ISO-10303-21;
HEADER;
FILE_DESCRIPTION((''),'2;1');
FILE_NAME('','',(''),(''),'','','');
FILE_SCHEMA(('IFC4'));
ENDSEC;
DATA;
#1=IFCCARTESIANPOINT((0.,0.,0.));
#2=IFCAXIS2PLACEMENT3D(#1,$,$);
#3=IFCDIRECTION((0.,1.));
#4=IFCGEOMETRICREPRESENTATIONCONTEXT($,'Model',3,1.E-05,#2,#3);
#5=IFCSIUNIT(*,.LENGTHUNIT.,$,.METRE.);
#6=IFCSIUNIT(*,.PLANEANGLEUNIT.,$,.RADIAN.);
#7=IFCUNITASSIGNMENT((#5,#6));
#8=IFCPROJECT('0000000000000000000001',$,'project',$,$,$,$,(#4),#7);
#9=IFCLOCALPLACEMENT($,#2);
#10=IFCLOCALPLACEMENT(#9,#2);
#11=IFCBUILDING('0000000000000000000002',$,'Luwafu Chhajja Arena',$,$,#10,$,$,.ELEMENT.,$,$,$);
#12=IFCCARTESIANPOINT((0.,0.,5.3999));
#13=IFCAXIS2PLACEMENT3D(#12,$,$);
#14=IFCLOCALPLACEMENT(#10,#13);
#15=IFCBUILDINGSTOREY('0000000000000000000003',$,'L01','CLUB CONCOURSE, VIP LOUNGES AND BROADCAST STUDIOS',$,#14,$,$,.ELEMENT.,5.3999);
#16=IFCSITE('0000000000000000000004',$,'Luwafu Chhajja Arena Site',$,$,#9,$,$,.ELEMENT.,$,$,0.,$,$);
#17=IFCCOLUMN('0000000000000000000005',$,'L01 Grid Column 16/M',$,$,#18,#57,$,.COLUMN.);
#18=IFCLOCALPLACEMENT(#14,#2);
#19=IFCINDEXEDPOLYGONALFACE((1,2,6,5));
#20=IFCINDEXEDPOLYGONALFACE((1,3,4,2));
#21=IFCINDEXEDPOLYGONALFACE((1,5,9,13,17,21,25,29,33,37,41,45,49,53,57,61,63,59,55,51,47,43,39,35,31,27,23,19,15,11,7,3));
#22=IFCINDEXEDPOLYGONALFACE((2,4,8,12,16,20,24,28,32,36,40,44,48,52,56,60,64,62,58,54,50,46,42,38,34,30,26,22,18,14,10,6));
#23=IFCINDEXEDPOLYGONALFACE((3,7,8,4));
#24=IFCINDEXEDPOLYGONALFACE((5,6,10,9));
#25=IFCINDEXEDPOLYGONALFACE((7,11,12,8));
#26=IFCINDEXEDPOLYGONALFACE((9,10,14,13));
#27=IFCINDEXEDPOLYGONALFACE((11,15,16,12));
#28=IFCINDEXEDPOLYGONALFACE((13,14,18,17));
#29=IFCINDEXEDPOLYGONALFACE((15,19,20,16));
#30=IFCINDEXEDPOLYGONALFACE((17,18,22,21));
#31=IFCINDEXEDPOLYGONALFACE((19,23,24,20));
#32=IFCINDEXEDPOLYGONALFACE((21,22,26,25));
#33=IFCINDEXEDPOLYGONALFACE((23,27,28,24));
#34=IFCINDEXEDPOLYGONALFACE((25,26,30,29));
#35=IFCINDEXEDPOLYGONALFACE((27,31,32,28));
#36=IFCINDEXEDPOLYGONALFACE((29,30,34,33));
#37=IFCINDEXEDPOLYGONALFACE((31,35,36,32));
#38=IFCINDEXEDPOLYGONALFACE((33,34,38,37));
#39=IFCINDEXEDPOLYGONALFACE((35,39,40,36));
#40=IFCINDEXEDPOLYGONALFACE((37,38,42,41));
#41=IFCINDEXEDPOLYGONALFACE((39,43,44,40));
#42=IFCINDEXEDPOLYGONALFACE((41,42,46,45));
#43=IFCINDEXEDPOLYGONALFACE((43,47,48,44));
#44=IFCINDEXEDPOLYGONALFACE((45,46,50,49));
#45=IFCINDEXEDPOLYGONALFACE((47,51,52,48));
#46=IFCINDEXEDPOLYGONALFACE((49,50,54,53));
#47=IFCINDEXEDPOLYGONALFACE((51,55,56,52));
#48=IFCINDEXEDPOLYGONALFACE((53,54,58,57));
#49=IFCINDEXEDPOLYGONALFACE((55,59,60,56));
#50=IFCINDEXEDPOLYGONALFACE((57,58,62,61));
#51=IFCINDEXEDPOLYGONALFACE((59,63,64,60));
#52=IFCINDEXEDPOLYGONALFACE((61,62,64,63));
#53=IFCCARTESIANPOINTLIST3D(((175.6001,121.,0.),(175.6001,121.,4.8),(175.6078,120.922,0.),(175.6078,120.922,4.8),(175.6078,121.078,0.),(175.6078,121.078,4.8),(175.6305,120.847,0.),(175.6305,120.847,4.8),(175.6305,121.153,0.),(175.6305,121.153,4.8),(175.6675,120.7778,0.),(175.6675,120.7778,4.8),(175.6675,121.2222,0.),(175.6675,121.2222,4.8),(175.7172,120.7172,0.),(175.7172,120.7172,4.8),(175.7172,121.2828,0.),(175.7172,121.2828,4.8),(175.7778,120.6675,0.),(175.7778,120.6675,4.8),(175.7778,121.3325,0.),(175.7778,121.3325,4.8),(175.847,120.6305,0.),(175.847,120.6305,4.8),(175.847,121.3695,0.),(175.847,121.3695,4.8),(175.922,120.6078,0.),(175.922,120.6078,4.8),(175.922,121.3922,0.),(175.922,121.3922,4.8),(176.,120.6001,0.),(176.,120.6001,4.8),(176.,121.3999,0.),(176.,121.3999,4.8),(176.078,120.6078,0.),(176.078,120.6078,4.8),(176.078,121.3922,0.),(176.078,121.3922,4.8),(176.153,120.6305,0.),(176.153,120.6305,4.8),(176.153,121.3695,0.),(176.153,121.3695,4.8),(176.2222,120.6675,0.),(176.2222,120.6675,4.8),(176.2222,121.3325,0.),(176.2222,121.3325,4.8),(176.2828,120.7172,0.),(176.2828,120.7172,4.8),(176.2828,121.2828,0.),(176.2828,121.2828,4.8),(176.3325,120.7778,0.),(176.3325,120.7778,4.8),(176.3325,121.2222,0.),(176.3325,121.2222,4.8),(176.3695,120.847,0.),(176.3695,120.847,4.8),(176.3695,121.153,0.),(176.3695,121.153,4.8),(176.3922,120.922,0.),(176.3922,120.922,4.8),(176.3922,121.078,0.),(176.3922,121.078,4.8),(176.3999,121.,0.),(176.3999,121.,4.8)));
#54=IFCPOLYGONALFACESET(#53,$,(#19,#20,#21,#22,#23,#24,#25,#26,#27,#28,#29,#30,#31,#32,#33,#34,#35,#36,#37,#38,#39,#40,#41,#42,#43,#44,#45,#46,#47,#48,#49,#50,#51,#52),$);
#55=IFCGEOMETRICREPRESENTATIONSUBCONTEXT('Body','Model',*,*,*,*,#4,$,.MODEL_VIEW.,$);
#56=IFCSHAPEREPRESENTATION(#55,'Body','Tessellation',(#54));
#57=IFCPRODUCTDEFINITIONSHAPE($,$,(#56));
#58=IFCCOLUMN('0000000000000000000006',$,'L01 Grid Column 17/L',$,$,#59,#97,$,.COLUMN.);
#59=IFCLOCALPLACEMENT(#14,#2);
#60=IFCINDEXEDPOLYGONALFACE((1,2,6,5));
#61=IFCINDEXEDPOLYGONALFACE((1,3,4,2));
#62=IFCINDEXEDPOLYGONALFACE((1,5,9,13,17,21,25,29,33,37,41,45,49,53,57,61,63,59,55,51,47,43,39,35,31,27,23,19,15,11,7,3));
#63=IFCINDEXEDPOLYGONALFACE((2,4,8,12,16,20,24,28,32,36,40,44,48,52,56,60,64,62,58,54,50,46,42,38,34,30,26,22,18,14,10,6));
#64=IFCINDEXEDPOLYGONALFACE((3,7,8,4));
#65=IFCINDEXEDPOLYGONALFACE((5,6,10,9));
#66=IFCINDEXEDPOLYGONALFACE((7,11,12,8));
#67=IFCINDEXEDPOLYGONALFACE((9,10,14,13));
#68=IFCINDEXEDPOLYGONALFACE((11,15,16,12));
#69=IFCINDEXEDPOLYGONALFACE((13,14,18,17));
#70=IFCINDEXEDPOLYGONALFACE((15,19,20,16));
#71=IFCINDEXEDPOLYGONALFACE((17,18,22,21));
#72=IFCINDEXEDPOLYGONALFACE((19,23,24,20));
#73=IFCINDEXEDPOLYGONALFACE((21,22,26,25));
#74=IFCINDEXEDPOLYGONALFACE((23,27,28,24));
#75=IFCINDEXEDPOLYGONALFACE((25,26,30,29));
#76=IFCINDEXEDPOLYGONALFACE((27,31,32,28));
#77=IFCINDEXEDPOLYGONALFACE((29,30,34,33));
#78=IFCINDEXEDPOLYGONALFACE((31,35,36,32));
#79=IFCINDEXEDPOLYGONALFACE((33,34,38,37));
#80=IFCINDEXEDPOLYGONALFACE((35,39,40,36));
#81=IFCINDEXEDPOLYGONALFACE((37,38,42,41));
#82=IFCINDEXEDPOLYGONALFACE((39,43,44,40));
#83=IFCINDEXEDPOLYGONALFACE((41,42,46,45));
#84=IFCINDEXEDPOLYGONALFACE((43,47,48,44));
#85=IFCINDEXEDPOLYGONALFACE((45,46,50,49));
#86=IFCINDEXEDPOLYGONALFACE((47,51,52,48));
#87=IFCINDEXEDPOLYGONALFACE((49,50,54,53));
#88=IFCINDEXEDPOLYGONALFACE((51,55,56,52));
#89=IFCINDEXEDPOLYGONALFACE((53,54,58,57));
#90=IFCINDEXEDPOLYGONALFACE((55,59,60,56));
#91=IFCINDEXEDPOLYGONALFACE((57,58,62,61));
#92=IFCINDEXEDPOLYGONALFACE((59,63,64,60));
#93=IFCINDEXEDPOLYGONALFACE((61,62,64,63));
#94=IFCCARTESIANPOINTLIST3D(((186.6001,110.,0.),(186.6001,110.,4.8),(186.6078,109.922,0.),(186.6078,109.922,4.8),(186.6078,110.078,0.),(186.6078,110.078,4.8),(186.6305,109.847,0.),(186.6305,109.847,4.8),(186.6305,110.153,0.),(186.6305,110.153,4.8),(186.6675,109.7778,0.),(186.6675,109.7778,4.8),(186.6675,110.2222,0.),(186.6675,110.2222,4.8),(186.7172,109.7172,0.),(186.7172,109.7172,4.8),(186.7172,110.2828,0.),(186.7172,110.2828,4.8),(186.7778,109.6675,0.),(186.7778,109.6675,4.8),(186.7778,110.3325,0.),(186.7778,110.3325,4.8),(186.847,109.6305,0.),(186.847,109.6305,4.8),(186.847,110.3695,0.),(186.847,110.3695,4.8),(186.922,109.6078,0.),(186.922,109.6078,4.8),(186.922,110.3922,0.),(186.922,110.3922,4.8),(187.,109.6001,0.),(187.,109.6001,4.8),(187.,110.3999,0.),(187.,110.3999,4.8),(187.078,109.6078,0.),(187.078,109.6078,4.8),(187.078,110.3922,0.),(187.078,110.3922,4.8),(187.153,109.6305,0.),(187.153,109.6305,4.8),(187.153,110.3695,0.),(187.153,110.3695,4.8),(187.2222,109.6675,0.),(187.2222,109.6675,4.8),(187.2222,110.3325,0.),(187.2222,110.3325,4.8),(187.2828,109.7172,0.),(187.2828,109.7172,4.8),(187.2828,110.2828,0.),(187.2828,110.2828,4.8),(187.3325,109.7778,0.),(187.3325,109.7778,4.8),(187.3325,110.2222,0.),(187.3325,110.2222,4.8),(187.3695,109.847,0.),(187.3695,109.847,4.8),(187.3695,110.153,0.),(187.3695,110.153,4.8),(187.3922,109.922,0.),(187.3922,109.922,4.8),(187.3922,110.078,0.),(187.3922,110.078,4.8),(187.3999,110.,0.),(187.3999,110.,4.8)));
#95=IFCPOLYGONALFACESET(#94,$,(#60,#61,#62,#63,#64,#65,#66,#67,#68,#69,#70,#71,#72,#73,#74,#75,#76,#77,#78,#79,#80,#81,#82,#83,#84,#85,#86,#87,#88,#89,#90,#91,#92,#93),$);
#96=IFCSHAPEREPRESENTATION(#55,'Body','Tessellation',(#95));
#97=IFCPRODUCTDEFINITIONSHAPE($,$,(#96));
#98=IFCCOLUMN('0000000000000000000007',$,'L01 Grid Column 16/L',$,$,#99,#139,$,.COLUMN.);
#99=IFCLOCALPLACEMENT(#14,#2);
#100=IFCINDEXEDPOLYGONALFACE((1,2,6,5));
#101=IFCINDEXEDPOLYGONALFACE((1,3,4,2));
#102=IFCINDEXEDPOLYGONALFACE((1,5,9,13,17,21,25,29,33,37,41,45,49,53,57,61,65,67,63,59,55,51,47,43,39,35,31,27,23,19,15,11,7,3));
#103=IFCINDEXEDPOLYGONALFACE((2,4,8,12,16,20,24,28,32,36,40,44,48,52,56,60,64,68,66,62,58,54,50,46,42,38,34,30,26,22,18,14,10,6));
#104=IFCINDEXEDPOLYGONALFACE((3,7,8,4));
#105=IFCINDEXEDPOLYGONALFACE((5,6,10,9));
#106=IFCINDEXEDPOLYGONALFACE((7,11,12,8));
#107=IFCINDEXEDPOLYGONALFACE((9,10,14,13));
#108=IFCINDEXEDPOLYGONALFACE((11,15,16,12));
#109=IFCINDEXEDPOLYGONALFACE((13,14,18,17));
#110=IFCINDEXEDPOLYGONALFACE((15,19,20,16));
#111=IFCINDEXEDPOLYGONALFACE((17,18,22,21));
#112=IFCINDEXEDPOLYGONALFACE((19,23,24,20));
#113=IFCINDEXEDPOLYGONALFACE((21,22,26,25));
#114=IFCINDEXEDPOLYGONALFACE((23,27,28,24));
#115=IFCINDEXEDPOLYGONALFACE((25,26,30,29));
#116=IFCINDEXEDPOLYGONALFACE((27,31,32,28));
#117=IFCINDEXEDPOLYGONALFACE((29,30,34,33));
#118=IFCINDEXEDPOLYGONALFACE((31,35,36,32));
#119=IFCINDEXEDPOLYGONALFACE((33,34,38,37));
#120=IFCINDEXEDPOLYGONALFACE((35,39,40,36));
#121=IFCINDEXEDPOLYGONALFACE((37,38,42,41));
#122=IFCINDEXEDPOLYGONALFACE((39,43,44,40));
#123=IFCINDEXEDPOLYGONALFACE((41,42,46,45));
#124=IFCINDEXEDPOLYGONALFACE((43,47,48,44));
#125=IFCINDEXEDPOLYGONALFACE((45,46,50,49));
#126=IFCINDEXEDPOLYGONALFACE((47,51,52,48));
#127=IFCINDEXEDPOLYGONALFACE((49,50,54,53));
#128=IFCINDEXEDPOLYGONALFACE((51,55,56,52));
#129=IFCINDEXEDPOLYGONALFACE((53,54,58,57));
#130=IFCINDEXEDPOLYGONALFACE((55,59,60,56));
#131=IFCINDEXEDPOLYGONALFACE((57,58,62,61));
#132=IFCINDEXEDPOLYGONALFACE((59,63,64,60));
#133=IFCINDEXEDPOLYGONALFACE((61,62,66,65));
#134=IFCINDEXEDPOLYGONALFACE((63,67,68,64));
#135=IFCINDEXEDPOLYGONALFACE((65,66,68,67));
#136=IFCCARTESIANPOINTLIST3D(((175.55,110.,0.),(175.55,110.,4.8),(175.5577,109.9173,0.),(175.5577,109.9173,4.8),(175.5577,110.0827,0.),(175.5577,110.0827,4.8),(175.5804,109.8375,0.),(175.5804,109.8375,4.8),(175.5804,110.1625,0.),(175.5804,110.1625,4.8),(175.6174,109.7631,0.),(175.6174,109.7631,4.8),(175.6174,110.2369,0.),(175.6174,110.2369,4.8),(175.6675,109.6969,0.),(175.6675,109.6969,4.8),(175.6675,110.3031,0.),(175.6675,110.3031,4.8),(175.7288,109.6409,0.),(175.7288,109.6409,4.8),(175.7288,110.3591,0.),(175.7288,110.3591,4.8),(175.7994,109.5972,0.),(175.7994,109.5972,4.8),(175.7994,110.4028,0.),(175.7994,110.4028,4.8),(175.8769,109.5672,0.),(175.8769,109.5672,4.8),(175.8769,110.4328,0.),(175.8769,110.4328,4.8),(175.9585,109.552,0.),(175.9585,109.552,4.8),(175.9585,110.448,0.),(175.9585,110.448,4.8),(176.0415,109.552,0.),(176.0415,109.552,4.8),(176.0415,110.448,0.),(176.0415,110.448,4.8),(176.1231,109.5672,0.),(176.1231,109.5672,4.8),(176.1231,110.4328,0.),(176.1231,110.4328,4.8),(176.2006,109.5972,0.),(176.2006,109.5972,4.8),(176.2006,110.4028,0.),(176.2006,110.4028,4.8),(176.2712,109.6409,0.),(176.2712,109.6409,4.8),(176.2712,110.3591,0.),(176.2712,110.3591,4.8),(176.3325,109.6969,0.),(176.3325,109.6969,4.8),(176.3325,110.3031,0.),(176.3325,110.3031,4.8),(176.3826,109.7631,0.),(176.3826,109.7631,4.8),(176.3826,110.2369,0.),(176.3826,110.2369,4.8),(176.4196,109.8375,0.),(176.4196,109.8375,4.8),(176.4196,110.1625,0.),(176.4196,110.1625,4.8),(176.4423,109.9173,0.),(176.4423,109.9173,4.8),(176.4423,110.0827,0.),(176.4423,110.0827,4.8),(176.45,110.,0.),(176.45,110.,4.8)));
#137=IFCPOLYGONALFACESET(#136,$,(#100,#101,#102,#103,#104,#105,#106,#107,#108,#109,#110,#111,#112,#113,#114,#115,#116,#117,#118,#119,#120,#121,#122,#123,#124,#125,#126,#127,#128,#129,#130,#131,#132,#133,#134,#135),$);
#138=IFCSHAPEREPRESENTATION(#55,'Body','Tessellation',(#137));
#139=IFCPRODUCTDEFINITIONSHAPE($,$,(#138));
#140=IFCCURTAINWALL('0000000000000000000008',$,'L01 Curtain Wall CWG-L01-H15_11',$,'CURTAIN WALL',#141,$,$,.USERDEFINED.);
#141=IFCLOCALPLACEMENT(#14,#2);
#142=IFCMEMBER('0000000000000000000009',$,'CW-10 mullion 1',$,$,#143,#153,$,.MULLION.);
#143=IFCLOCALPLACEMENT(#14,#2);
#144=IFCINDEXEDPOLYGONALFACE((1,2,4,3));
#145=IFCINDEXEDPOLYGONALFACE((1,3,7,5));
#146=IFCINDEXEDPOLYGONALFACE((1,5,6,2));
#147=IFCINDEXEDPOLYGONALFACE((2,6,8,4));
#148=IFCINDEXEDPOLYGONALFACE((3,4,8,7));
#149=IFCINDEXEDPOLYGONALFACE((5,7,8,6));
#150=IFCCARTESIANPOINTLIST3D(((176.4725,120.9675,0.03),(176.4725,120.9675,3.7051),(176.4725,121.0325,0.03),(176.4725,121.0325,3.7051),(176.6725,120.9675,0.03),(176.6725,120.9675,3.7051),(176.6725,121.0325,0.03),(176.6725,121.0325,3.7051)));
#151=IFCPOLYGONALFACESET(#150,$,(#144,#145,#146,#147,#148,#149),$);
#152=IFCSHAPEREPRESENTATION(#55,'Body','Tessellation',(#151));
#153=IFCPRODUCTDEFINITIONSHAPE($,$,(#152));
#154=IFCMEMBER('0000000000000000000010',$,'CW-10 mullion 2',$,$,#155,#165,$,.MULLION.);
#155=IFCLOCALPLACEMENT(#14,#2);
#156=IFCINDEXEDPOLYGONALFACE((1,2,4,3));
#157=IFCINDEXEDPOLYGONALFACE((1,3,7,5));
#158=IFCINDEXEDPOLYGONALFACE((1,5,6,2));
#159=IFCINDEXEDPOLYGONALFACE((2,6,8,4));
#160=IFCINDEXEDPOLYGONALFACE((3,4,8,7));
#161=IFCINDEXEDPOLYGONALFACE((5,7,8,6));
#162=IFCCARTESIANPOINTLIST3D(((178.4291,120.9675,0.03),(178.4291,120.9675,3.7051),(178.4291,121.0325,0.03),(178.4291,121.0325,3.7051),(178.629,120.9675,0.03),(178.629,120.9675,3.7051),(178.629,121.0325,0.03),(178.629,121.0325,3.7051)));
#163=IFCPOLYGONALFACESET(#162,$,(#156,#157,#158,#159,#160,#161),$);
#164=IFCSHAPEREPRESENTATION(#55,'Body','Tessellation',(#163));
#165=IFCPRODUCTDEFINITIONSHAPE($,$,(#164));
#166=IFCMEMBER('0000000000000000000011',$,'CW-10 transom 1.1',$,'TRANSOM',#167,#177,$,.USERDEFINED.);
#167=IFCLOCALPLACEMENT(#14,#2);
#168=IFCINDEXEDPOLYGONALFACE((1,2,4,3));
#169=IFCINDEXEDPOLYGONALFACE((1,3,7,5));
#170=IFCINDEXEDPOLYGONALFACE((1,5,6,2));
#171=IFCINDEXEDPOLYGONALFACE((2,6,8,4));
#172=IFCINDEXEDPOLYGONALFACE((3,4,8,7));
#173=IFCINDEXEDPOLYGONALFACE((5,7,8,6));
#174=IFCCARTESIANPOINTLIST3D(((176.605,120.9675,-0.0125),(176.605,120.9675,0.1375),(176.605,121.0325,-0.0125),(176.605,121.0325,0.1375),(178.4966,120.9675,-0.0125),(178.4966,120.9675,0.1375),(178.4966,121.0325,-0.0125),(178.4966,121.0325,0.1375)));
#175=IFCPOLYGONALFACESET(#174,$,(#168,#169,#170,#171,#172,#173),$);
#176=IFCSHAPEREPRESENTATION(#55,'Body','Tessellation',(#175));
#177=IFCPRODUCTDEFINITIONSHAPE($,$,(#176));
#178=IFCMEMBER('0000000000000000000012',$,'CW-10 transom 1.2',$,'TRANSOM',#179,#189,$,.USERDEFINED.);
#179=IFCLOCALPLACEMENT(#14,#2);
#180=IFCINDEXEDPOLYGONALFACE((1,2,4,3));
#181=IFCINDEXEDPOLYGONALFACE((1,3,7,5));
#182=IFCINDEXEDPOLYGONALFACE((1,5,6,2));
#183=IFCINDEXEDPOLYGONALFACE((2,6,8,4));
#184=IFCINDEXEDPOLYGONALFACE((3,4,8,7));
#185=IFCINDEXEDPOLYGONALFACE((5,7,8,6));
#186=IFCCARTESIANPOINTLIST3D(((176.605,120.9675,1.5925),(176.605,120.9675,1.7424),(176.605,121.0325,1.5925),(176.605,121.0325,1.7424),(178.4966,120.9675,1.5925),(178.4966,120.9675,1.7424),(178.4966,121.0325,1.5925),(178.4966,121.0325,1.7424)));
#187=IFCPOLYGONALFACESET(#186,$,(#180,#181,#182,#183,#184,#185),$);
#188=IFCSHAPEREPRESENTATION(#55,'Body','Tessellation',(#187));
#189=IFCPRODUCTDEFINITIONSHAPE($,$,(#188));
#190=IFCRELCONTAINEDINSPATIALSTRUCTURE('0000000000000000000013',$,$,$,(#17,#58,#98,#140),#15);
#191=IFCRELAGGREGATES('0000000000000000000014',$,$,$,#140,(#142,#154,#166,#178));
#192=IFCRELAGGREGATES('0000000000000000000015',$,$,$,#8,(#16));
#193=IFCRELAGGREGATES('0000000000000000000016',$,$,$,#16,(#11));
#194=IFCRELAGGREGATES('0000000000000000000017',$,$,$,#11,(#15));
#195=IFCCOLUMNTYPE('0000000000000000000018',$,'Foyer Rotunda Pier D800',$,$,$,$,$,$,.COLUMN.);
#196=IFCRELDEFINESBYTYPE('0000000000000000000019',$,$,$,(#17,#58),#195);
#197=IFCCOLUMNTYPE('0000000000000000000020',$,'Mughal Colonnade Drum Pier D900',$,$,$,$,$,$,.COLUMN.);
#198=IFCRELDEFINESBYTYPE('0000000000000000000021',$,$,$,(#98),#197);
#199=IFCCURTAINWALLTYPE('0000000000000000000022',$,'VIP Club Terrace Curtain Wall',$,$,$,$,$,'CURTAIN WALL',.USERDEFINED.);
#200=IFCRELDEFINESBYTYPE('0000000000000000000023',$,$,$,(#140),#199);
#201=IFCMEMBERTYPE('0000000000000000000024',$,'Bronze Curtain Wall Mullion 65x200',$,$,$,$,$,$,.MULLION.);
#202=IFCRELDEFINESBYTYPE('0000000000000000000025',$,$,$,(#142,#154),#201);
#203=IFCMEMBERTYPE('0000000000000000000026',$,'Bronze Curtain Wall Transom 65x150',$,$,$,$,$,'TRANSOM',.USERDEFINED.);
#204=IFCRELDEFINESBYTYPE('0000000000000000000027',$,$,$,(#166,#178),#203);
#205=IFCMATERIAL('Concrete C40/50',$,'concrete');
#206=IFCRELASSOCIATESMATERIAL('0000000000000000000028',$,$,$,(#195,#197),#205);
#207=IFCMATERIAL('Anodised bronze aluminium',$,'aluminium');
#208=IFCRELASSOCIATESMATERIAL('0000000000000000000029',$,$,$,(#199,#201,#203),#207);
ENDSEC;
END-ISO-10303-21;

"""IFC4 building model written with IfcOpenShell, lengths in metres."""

from ifc_helpers import new_model, si_unit, direction, frame, origin, origin_2d, place, context, subcontext, project, spatial, rectangle, circle, extrude, material, material_profile, profile_set, type_object, element, aggregate, save


model = new_model("IFC4")

# Units and contexts
model_context = context("Model", 3, precision=1e-05, world=origin(), true_north=direction((0.0, 1.0)))
body_context = subcontext(model_context, "Body", "Model", "MODEL_VIEW")
ifc_project = project(units=[si_unit("LENGTHUNIT", "METRE"), si_unit("PLANEANGLEUNIT", "RADIAN")], contexts=[model_context])

# Site, building, storey
site_placement = place(None, origin())
site = spatial("IfcSite", under=ifc_project, at=site_placement, Name="Luwafu Chhajja Arena Site", CompositionType="ELEMENT", RefElevation=0.0)
building_placement = place(site_placement, origin())
building = spatial("IfcBuilding", under=site, at=building_placement, Name="Luwafu Chhajja Arena", CompositionType="ELEMENT")
storey_placement = place(building_placement, frame((0.0, 0.0, 5.3999)))
storey = spatial("IfcBuildingStorey", under=building, at=storey_placement, Name="L01", Description="CLUB CONCOURSE, VIP LOUNGES AND BROADCAST STUDIOS", CompositionType="ELEMENT", Elevation=5.3999)

# Columns
ifc_material_1 = material(Name="Concrete C40/50", Category="concrete")
ifc_material_profile_1 = material_profile(ifc_material_1, circle(Radius=0.3999, at=origin_2d()), Name="RC COL D800")
ifc_profile_set_1 = profile_set([ifc_material_profile_1], Name="Concrete C40/50")
column_type_1 = type_object("IfcColumnType", Name="Foyer Rotunda Pier D800", PredefinedType="COLUMN", material=ifc_profile_set_1)
for number, where, z_axis, x_axis, name in (
    (1, (176.0, 121.0, 0.0), (0.0, 0.0, 1.0), (1.0, 0.0, 0.0), "L01 Grid Column 16/M"),
    (2, (187.0, 110.0, 0.0), (0.0, 0.0, 1.0), (1.0, 0.0, 0.0), "L01 Grid Column 17/L"),
):
    element("IfcColumn", number, at=place(storey_placement, frame(where, z_axis=z_axis, x_axis=x_axis)), inside=storey, type_object=column_type_1, Name=name, PredefinedType="COLUMN", context=body_context, shape_type="SweptSolid", body=[
        extrude(circle(Radius=0.3999, at=origin_2d()), origin(), (0.0, 0.0, 1.0), 4.8),
    ])
ifc_material_profile_2 = material_profile(ifc_material_1, circle(Radius=0.45, at=origin_2d()), Name="RC COL D900")
ifc_profile_set_2 = profile_set([ifc_material_profile_2], Name="Concrete C40/50")
column_type_2 = type_object("IfcColumnType", Name="Mughal Colonnade Drum Pier D900", PredefinedType="COLUMN", material=ifc_profile_set_2)
column_placement = place(storey_placement, frame((176.0, 110.0, 0.0), z_axis=(0.0, 0.0, 1.0), x_axis=(1.0, 0.0, 0.0)))
element("IfcColumn", 3, at=column_placement, inside=storey, type_object=column_type_2, Name="L01 Grid Column 16/L", PredefinedType="COLUMN", context=body_context, shape_type="SweptSolid", body=[
    extrude(circle(Radius=0.45, at=origin_2d()), origin(), (0.0, 0.0, 1.0), 4.8),
])

# Curtain wall, members
ifc_material_2 = material(Name="Anodised bronze aluminium", Category="aluminium")
curtain_wall_type = type_object("IfcCurtainWallType", Name="VIP Club Terrace Curtain Wall", ElementType="CURTAIN WALL", PredefinedType="USERDEFINED", material=ifc_material_2)
curtain_wall_placement = place(storey_placement, origin())
curtain_wall = element("IfcCurtainWall", 4, at=curtain_wall_placement, inside=storey, type_object=curtain_wall_type, Name="L01 Curtain Wall CWG-L01-H15_11", ObjectType="CURTAIN WALL", PredefinedType="USERDEFINED")
ifc_material_profile_3 = material_profile(ifc_material_2, rectangle(XDim=0.0649, YDim=0.2, at=origin_2d()), Name="CWM 65x200")
ifc_profile_set_3 = profile_set([ifc_material_profile_3], Name="Anodised bronze aluminium")
member_type_1 = type_object("IfcMemberType", Name="Bronze Curtain Wall Mullion 65x200", PredefinedType="MULLION", material=ifc_profile_set_3)
member_1_placement = place(storey_placement, frame((176.5725, 121.0, 0.03), z_axis=(0.0, 0.0, 1.0), x_axis=(0.0, 1.0, 0.0)))
member_1 = element("IfcMember", 5, at=member_1_placement, type_object=member_type_1, Name="CW-10 mullion 1", PredefinedType="MULLION", context=body_context, shape_type="SweptSolid", body=[
    extrude(rectangle(XDim=0.0649, YDim=0.2, at=origin_2d()), origin(), (0.0, 0.0, 1.0), 3.675),
])
member_2_placement = place(storey_placement, frame((178.5291, 121.0, 0.03), z_axis=(0.0, 0.0, 1.0), x_axis=(0.0, 1.0, 0.0)))
member_2 = element("IfcMember", 6, at=member_2_placement, type_object=member_type_1, Name="CW-10 mullion 2", PredefinedType="MULLION", context=body_context, shape_type="SweptSolid", body=[
    extrude(rectangle(XDim=0.0649, YDim=0.2, at=origin_2d()), origin(), (0.0, 0.0, 1.0), 3.675),
])
ifc_material_profile_4 = material_profile(ifc_material_2, rectangle(XDim=0.0649, YDim=0.1499, at=origin_2d()), Name="CWT 65x150")
ifc_profile_set_4 = profile_set([ifc_material_profile_4], Name="Anodised bronze aluminium")
member_type_2 = type_object("IfcMemberType", Name="Bronze Curtain Wall Transom 65x150", ElementType="TRANSOM", PredefinedType="USERDEFINED", material=ifc_profile_set_4)
member_3_placement = place(storey_placement, frame((176.605, 121.0, 0.0625), z_axis=(1.0, 0.0, 0.0), x_axis=(0.0, 1.0, 0.0)))
member_3 = element("IfcMember", 7, at=member_3_placement, type_object=member_type_2, Name="CW-10 transom 1.1", ObjectType="TRANSOM", PredefinedType="USERDEFINED", context=body_context, shape_type="SweptSolid", body=[
    extrude(rectangle(XDim=0.0649, YDim=0.1499, at=origin_2d()), origin(), (0.0, 0.0, 1.0), 1.8916),
])
member_4_placement = place(storey_placement, frame((176.605, 121.0, 1.6675), z_axis=(1.0, 0.0, 0.0), x_axis=(0.0, 1.0, 0.0)))
member_4 = element("IfcMember", 8, at=member_4_placement, type_object=member_type_2, Name="CW-10 transom 1.2", ObjectType="TRANSOM", PredefinedType="USERDEFINED", context=body_context, shape_type="SweptSolid", body=[
    extrude(rectangle(XDim=0.0649, YDim=0.1499, at=origin_2d()), origin(), (0.0, 0.0, 1.0), 1.8916),
])

aggregate(curtain_wall, [member_1, member_2, member_3, member_4])

save(model, "model.ifc")
